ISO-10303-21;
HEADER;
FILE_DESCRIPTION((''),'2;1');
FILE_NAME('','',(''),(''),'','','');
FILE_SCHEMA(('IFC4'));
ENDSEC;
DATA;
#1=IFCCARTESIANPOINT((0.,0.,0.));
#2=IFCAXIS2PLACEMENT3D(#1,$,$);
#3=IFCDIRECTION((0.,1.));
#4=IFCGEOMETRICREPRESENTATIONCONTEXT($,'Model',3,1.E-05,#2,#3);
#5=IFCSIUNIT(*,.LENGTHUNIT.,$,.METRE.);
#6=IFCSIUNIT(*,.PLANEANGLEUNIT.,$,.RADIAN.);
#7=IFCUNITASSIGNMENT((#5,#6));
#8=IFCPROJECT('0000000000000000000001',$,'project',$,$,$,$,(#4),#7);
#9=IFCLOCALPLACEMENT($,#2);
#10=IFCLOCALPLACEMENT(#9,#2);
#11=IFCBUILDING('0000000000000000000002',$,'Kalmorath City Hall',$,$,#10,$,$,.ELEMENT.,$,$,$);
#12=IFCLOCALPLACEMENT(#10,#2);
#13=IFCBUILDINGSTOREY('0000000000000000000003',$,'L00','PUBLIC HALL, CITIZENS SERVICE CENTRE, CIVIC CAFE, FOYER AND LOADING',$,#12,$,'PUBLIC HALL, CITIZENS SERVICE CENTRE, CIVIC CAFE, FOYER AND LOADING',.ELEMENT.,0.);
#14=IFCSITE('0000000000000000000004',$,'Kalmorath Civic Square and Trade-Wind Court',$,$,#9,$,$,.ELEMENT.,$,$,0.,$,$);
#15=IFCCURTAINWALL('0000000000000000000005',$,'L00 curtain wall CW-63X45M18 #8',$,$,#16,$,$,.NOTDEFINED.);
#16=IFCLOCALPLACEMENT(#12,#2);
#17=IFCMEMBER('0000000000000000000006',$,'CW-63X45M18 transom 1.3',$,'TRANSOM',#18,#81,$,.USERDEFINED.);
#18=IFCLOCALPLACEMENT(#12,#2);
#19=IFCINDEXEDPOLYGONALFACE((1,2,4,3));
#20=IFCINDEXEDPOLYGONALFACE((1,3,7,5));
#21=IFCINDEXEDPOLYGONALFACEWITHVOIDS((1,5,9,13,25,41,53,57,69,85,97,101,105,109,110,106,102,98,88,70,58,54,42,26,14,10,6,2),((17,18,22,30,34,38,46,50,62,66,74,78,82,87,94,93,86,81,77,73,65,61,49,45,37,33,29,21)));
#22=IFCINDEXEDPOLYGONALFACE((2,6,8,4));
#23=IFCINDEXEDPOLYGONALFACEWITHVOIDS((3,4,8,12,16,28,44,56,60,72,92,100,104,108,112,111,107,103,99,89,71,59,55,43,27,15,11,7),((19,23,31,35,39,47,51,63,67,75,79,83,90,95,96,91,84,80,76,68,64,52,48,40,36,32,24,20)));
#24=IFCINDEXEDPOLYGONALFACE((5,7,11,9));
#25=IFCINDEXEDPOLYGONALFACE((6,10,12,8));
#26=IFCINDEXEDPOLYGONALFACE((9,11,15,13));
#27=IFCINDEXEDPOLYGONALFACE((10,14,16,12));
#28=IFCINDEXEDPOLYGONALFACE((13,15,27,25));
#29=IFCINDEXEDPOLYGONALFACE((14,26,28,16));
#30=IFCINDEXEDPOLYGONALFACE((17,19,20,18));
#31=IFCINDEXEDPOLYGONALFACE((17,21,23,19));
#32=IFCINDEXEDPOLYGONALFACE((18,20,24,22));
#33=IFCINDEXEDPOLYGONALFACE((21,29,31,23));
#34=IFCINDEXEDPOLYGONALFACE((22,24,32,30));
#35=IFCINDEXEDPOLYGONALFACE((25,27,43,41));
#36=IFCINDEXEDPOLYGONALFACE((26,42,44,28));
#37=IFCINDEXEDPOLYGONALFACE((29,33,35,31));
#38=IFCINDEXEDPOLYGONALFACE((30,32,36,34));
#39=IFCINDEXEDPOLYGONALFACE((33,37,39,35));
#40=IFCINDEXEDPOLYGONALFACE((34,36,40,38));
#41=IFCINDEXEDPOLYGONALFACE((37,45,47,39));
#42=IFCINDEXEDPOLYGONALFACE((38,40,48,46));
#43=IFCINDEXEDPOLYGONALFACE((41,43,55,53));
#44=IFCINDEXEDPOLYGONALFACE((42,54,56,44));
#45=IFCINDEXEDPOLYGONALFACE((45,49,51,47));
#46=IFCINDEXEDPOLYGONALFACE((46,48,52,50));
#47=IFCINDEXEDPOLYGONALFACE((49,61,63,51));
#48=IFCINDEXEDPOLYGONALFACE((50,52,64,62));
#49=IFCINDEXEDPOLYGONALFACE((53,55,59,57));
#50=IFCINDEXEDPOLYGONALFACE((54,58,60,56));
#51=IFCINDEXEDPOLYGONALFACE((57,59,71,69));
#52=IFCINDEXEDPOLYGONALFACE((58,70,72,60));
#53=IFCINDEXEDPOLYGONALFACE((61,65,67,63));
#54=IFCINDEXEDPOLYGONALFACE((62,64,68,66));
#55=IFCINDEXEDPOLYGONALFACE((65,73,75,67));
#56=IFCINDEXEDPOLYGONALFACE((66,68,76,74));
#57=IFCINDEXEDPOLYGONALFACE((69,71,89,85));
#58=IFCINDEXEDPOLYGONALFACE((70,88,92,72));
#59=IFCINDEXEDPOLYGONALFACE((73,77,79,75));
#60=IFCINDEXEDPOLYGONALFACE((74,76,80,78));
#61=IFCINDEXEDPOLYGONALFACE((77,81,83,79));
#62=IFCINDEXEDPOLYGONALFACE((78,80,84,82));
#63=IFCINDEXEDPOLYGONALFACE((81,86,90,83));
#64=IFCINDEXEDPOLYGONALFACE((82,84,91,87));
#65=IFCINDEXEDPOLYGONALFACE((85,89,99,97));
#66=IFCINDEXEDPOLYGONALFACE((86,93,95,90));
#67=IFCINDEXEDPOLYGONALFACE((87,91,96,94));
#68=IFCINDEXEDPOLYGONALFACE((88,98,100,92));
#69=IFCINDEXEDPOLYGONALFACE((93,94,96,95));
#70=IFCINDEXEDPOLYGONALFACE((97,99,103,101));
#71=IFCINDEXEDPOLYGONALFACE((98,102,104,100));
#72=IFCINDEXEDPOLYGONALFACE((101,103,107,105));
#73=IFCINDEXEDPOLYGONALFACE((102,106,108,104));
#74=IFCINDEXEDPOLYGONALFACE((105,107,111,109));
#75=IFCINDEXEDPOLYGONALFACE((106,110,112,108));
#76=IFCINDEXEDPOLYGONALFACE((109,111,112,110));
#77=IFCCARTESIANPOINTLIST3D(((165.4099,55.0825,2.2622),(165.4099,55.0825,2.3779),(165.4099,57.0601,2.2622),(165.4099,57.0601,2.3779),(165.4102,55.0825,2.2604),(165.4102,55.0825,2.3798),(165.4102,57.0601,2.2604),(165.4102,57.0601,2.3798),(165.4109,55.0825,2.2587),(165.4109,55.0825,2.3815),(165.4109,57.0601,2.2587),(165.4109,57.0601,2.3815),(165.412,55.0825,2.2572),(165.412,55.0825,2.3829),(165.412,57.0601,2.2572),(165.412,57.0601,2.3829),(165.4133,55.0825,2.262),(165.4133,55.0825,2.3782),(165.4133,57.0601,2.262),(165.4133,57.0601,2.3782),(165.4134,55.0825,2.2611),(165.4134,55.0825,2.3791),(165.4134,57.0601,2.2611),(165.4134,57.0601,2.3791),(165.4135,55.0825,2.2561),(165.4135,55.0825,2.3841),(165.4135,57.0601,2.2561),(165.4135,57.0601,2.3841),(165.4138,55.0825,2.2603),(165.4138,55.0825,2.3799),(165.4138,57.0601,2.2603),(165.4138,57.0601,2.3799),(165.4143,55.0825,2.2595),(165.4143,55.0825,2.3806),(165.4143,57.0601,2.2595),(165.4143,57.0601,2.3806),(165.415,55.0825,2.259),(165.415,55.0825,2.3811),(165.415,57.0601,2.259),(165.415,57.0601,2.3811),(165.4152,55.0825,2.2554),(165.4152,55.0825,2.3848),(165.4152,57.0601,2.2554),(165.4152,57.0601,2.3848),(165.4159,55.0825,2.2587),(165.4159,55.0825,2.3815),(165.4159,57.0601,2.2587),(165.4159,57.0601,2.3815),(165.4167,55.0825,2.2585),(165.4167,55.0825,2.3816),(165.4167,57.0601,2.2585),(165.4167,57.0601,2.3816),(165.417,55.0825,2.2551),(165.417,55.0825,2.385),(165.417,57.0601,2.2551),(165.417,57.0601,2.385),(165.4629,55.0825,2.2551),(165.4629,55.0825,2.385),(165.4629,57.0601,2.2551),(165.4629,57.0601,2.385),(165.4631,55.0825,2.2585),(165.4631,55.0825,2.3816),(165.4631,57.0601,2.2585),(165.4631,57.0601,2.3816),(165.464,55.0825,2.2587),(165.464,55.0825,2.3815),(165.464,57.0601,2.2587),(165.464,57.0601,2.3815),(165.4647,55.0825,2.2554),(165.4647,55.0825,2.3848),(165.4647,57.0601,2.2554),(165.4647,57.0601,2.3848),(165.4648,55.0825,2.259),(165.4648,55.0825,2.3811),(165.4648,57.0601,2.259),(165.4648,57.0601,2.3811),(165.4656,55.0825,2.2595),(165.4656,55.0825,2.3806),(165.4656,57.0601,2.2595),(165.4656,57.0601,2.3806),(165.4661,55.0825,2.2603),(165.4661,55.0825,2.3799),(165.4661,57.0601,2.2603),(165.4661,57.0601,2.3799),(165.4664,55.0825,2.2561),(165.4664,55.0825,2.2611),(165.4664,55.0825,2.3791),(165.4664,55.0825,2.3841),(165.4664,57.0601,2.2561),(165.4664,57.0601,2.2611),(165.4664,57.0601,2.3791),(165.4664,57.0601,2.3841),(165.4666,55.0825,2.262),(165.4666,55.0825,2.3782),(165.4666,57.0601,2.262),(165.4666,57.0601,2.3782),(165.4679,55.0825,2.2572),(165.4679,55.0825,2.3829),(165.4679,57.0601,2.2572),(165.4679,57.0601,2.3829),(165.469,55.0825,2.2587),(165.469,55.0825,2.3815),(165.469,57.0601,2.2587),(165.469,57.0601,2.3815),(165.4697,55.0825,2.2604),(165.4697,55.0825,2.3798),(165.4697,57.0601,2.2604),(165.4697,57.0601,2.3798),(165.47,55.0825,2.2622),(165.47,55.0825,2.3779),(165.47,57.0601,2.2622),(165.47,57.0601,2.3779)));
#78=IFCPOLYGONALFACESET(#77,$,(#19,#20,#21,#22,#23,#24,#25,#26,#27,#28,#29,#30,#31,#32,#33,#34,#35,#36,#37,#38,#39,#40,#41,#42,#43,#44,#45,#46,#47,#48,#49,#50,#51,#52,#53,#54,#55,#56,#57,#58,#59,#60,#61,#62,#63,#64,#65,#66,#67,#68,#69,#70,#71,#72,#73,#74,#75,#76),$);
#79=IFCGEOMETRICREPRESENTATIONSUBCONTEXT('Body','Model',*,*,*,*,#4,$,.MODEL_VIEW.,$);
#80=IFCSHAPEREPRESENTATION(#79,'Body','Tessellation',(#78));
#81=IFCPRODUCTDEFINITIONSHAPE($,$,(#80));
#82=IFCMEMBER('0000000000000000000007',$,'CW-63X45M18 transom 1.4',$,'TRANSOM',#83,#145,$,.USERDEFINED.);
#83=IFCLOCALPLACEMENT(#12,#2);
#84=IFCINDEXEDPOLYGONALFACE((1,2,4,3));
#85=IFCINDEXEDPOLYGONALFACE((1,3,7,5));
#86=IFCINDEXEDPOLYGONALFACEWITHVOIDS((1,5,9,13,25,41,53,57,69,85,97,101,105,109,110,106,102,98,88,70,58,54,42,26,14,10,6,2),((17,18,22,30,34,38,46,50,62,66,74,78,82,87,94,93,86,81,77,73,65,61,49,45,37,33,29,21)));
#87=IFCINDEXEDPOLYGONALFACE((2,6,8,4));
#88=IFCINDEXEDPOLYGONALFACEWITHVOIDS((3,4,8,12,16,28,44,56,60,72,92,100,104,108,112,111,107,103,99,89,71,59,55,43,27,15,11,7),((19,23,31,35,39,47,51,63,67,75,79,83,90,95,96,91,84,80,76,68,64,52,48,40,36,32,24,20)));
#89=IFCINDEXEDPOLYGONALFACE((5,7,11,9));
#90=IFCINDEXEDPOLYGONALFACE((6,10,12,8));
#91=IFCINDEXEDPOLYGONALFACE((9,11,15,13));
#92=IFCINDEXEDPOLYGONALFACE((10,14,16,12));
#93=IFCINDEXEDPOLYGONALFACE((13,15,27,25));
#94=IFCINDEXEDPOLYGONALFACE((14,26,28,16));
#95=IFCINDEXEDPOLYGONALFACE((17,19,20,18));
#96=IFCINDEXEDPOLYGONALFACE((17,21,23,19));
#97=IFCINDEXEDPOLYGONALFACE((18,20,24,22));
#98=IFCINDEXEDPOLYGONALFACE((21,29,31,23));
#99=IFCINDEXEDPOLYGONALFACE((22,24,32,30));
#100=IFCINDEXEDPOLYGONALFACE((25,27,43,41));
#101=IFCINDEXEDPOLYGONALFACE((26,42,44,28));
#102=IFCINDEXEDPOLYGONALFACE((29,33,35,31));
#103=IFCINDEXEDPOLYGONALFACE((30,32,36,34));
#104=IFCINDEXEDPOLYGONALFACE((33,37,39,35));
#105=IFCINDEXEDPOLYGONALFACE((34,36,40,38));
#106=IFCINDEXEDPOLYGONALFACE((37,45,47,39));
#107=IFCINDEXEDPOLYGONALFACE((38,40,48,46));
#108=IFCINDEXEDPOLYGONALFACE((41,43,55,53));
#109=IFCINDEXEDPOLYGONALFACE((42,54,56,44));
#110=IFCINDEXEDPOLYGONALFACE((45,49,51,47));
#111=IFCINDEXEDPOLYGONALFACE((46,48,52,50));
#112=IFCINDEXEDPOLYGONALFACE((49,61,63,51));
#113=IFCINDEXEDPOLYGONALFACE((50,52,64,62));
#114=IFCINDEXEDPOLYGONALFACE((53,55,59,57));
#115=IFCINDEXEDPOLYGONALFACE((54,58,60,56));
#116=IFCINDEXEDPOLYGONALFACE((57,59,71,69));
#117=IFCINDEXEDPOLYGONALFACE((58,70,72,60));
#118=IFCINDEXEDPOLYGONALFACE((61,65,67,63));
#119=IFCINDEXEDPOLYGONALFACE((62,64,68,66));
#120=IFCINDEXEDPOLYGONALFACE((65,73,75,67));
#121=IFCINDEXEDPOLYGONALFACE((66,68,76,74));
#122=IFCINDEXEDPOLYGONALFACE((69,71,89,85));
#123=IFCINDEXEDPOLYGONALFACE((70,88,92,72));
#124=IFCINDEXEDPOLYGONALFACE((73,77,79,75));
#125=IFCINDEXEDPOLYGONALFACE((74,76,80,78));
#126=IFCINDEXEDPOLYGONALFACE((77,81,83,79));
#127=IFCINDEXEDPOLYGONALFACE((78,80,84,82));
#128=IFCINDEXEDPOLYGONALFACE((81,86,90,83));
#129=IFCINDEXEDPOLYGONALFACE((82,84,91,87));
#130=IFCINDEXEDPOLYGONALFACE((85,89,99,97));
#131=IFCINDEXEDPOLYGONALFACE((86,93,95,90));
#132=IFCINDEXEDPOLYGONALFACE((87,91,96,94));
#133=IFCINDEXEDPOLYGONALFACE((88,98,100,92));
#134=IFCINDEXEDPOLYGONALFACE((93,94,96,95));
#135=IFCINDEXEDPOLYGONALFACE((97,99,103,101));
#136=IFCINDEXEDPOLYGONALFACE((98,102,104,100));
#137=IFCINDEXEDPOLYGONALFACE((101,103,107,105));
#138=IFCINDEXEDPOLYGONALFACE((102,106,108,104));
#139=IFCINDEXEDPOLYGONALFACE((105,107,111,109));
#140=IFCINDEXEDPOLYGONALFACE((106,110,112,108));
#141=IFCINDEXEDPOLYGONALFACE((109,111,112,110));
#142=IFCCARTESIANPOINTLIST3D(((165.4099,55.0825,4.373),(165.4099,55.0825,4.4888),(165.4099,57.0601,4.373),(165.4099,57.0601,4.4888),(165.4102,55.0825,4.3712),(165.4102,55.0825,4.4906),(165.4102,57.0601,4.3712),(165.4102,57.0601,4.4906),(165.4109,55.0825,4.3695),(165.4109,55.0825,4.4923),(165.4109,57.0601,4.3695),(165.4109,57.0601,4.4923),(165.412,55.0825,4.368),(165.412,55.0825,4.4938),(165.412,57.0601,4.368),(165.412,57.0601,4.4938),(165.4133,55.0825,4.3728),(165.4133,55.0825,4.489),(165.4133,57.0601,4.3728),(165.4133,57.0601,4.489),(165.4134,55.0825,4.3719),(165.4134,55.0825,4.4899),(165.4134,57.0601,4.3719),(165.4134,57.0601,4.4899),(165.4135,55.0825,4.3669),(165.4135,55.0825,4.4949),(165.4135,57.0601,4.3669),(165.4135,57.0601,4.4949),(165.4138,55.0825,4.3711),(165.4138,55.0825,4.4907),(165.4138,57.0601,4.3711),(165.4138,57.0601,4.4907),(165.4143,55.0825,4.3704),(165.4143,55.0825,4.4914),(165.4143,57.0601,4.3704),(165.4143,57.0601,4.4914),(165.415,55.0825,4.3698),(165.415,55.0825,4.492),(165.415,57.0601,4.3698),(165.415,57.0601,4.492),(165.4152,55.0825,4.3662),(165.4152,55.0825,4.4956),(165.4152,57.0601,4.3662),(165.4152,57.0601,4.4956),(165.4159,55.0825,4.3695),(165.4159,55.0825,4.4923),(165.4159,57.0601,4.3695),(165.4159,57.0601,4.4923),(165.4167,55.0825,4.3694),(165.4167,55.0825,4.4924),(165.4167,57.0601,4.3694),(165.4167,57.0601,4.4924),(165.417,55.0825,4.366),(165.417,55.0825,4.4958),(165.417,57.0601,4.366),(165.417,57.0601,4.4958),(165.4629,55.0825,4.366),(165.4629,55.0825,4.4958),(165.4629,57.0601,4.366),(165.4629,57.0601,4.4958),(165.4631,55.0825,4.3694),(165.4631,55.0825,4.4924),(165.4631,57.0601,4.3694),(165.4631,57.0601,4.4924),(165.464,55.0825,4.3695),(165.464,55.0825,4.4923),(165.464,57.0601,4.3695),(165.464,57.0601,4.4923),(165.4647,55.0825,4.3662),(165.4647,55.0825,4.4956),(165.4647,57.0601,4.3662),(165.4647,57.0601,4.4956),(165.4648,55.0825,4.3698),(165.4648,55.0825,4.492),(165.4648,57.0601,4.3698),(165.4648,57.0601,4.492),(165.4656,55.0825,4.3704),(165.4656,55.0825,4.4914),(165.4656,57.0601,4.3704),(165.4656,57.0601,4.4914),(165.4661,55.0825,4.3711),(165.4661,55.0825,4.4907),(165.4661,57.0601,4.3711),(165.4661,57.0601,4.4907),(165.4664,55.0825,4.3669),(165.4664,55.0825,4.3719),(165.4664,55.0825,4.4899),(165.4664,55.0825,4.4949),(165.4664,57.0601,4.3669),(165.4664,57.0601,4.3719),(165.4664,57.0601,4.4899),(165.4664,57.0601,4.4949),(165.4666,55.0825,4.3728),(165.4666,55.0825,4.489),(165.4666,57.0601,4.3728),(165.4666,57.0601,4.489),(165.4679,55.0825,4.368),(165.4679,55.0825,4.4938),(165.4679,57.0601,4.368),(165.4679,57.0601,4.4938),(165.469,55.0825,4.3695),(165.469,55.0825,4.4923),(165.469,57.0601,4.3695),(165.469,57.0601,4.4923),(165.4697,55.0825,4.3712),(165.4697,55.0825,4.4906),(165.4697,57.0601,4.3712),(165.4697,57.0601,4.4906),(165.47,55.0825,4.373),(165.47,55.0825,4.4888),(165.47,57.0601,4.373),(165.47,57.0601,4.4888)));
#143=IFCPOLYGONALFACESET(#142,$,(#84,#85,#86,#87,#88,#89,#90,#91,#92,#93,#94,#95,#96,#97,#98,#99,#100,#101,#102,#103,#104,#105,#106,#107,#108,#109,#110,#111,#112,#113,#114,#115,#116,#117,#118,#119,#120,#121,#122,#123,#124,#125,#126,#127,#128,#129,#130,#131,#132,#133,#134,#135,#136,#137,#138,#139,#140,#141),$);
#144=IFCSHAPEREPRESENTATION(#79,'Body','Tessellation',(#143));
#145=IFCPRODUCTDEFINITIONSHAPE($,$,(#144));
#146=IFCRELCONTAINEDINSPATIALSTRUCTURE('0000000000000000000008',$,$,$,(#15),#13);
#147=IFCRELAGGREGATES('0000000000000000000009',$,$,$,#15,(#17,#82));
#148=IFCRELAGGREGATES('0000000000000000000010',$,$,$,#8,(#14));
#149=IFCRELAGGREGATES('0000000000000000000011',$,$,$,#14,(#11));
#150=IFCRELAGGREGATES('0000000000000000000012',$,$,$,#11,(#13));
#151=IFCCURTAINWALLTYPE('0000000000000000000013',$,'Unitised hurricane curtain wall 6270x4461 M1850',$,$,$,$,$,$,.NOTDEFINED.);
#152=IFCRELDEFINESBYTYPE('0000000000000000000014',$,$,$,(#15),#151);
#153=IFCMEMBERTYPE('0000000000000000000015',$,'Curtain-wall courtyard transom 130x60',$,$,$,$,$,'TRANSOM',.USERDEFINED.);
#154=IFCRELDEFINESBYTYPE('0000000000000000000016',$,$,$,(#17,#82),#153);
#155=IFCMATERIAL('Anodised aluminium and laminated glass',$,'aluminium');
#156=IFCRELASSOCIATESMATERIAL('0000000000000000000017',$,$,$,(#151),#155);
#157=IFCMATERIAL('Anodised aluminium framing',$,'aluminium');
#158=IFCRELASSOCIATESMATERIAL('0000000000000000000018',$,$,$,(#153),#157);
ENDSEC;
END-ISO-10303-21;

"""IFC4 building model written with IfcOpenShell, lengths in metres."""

from ifc_helpers import new_model, si_unit, direction, frame, origin, origin_2d, place, context, subcontext, project, spatial, hollow_rectangle, extrude, material, material_profile, profile_set, type_object, element, aggregate, save


model = new_model("IFC4")

# Units and contexts
model_context = context("Model", 3, precision=1e-05, world=origin(), true_north=direction((0.0, 1.0)))
body_context = subcontext(model_context, "Body", "Model", "MODEL_VIEW")
ifc_project = project(units=[si_unit("LENGTHUNIT", "METRE"), si_unit("PLANEANGLEUNIT", "RADIAN")], contexts=[model_context])

# Site, building, storey
site_placement = place(None, origin())
site = spatial("IfcSite", under=ifc_project, at=site_placement, Name="Kalmorath Civic Square and Trade-Wind Court", CompositionType="ELEMENT", RefElevation=0.0)
building_placement = place(site_placement, origin())
building = spatial("IfcBuilding", under=site, at=building_placement, Name="Kalmorath City Hall", CompositionType="ELEMENT")
storey_placement = place(building_placement, origin())
storey = spatial("IfcBuildingStorey", under=building, at=storey_placement, Name="L00", Description="PUBLIC HALL, CITIZENS SERVICE CENTRE, CIVIC CAFE, FOYER AND LOADING", LongName="PUBLIC HALL, CITIZENS SERVICE CENTRE, CIVIC CAFE, FOYER AND LOADING", CompositionType="ELEMENT", Elevation=0.0)

# Curtain wall, members
ifc_material_1 = material(Name="Anodised aluminium and laminated glass", Category="aluminium")
curtain_wall_type = type_object("IfcCurtainWallType", Name="Unitised hurricane curtain wall 6270x4461 M1850", PredefinedType="NOTDEFINED", material=ifc_material_1)
curtain_wall_placement = place(storey_placement, origin())
curtain_wall = element("IfcCurtainWall", 1, at=curtain_wall_placement, inside=storey, type_object=curtain_wall_type, Name="L00 curtain wall CW-63X45M18 #8", PredefinedType="NOTDEFINED")
ifc_material_2 = material(Name="Anodised aluminium framing", Category="aluminium")
ifc_material_profile_1 = material_profile(ifc_material_2, hollow_rectangle(XDim=0.0601, YDim=0.1299, WallThickness=0.0034, InnerFilletRadius=0.0034, OuterFilletRadius=0.0071, at=origin_2d()), Name="ALU-TRN-130X60X3.5")
ifc_profile_set_1 = profile_set([ifc_material_profile_1], Name="Anodised aluminium framing")
member_type_1 = type_object("IfcMemberType", Name="Curtain-wall courtyard transom 130x60", ElementType="TRANSOM", PredefinedType="USERDEFINED", material=ifc_profile_set_1)
member_1_placement = place(storey_placement, frame((165.4399, 57.0601, 2.3201), z_axis=(0.0, -1.0, 0.0), x_axis=(1.0, 0.0, 0.0)))
member_1 = element("IfcMember", 2, at=member_1_placement, type_object=member_type_1, Name="CW-63X45M18 transom 1.3", ObjectType="TRANSOM", PredefinedType="USERDEFINED", context=body_context, shape_type="SweptSolid", body=[
    extrude(hollow_rectangle(XDim=0.0601, YDim=0.1299, WallThickness=0.0034, InnerFilletRadius=0.0034, OuterFilletRadius=0.0071, at=origin_2d()), origin(), (0.0, 0.0, 1.0), 1.9775),
])
member_2_placement = place(storey_placement, frame((165.4399, 57.0601, 4.4309), z_axis=(0.0, -1.0, 0.0), x_axis=(1.0, 0.0, 0.0)))
member_2 = element("IfcMember", 3, at=member_2_placement, type_object=member_type_1, Name="CW-63X45M18 transom 1.4", ObjectType="TRANSOM", PredefinedType="USERDEFINED", context=body_context, shape_type="SweptSolid", body=[
    extrude(hollow_rectangle(XDim=0.0601, YDim=0.1299, WallThickness=0.0034, InnerFilletRadius=0.0034, OuterFilletRadius=0.0071, at=origin_2d()), origin(), (0.0, 0.0, 1.0), 1.9775),
])
aggregate(curtain_wall, [member_1, member_2])

save(model, "model.ifc")
